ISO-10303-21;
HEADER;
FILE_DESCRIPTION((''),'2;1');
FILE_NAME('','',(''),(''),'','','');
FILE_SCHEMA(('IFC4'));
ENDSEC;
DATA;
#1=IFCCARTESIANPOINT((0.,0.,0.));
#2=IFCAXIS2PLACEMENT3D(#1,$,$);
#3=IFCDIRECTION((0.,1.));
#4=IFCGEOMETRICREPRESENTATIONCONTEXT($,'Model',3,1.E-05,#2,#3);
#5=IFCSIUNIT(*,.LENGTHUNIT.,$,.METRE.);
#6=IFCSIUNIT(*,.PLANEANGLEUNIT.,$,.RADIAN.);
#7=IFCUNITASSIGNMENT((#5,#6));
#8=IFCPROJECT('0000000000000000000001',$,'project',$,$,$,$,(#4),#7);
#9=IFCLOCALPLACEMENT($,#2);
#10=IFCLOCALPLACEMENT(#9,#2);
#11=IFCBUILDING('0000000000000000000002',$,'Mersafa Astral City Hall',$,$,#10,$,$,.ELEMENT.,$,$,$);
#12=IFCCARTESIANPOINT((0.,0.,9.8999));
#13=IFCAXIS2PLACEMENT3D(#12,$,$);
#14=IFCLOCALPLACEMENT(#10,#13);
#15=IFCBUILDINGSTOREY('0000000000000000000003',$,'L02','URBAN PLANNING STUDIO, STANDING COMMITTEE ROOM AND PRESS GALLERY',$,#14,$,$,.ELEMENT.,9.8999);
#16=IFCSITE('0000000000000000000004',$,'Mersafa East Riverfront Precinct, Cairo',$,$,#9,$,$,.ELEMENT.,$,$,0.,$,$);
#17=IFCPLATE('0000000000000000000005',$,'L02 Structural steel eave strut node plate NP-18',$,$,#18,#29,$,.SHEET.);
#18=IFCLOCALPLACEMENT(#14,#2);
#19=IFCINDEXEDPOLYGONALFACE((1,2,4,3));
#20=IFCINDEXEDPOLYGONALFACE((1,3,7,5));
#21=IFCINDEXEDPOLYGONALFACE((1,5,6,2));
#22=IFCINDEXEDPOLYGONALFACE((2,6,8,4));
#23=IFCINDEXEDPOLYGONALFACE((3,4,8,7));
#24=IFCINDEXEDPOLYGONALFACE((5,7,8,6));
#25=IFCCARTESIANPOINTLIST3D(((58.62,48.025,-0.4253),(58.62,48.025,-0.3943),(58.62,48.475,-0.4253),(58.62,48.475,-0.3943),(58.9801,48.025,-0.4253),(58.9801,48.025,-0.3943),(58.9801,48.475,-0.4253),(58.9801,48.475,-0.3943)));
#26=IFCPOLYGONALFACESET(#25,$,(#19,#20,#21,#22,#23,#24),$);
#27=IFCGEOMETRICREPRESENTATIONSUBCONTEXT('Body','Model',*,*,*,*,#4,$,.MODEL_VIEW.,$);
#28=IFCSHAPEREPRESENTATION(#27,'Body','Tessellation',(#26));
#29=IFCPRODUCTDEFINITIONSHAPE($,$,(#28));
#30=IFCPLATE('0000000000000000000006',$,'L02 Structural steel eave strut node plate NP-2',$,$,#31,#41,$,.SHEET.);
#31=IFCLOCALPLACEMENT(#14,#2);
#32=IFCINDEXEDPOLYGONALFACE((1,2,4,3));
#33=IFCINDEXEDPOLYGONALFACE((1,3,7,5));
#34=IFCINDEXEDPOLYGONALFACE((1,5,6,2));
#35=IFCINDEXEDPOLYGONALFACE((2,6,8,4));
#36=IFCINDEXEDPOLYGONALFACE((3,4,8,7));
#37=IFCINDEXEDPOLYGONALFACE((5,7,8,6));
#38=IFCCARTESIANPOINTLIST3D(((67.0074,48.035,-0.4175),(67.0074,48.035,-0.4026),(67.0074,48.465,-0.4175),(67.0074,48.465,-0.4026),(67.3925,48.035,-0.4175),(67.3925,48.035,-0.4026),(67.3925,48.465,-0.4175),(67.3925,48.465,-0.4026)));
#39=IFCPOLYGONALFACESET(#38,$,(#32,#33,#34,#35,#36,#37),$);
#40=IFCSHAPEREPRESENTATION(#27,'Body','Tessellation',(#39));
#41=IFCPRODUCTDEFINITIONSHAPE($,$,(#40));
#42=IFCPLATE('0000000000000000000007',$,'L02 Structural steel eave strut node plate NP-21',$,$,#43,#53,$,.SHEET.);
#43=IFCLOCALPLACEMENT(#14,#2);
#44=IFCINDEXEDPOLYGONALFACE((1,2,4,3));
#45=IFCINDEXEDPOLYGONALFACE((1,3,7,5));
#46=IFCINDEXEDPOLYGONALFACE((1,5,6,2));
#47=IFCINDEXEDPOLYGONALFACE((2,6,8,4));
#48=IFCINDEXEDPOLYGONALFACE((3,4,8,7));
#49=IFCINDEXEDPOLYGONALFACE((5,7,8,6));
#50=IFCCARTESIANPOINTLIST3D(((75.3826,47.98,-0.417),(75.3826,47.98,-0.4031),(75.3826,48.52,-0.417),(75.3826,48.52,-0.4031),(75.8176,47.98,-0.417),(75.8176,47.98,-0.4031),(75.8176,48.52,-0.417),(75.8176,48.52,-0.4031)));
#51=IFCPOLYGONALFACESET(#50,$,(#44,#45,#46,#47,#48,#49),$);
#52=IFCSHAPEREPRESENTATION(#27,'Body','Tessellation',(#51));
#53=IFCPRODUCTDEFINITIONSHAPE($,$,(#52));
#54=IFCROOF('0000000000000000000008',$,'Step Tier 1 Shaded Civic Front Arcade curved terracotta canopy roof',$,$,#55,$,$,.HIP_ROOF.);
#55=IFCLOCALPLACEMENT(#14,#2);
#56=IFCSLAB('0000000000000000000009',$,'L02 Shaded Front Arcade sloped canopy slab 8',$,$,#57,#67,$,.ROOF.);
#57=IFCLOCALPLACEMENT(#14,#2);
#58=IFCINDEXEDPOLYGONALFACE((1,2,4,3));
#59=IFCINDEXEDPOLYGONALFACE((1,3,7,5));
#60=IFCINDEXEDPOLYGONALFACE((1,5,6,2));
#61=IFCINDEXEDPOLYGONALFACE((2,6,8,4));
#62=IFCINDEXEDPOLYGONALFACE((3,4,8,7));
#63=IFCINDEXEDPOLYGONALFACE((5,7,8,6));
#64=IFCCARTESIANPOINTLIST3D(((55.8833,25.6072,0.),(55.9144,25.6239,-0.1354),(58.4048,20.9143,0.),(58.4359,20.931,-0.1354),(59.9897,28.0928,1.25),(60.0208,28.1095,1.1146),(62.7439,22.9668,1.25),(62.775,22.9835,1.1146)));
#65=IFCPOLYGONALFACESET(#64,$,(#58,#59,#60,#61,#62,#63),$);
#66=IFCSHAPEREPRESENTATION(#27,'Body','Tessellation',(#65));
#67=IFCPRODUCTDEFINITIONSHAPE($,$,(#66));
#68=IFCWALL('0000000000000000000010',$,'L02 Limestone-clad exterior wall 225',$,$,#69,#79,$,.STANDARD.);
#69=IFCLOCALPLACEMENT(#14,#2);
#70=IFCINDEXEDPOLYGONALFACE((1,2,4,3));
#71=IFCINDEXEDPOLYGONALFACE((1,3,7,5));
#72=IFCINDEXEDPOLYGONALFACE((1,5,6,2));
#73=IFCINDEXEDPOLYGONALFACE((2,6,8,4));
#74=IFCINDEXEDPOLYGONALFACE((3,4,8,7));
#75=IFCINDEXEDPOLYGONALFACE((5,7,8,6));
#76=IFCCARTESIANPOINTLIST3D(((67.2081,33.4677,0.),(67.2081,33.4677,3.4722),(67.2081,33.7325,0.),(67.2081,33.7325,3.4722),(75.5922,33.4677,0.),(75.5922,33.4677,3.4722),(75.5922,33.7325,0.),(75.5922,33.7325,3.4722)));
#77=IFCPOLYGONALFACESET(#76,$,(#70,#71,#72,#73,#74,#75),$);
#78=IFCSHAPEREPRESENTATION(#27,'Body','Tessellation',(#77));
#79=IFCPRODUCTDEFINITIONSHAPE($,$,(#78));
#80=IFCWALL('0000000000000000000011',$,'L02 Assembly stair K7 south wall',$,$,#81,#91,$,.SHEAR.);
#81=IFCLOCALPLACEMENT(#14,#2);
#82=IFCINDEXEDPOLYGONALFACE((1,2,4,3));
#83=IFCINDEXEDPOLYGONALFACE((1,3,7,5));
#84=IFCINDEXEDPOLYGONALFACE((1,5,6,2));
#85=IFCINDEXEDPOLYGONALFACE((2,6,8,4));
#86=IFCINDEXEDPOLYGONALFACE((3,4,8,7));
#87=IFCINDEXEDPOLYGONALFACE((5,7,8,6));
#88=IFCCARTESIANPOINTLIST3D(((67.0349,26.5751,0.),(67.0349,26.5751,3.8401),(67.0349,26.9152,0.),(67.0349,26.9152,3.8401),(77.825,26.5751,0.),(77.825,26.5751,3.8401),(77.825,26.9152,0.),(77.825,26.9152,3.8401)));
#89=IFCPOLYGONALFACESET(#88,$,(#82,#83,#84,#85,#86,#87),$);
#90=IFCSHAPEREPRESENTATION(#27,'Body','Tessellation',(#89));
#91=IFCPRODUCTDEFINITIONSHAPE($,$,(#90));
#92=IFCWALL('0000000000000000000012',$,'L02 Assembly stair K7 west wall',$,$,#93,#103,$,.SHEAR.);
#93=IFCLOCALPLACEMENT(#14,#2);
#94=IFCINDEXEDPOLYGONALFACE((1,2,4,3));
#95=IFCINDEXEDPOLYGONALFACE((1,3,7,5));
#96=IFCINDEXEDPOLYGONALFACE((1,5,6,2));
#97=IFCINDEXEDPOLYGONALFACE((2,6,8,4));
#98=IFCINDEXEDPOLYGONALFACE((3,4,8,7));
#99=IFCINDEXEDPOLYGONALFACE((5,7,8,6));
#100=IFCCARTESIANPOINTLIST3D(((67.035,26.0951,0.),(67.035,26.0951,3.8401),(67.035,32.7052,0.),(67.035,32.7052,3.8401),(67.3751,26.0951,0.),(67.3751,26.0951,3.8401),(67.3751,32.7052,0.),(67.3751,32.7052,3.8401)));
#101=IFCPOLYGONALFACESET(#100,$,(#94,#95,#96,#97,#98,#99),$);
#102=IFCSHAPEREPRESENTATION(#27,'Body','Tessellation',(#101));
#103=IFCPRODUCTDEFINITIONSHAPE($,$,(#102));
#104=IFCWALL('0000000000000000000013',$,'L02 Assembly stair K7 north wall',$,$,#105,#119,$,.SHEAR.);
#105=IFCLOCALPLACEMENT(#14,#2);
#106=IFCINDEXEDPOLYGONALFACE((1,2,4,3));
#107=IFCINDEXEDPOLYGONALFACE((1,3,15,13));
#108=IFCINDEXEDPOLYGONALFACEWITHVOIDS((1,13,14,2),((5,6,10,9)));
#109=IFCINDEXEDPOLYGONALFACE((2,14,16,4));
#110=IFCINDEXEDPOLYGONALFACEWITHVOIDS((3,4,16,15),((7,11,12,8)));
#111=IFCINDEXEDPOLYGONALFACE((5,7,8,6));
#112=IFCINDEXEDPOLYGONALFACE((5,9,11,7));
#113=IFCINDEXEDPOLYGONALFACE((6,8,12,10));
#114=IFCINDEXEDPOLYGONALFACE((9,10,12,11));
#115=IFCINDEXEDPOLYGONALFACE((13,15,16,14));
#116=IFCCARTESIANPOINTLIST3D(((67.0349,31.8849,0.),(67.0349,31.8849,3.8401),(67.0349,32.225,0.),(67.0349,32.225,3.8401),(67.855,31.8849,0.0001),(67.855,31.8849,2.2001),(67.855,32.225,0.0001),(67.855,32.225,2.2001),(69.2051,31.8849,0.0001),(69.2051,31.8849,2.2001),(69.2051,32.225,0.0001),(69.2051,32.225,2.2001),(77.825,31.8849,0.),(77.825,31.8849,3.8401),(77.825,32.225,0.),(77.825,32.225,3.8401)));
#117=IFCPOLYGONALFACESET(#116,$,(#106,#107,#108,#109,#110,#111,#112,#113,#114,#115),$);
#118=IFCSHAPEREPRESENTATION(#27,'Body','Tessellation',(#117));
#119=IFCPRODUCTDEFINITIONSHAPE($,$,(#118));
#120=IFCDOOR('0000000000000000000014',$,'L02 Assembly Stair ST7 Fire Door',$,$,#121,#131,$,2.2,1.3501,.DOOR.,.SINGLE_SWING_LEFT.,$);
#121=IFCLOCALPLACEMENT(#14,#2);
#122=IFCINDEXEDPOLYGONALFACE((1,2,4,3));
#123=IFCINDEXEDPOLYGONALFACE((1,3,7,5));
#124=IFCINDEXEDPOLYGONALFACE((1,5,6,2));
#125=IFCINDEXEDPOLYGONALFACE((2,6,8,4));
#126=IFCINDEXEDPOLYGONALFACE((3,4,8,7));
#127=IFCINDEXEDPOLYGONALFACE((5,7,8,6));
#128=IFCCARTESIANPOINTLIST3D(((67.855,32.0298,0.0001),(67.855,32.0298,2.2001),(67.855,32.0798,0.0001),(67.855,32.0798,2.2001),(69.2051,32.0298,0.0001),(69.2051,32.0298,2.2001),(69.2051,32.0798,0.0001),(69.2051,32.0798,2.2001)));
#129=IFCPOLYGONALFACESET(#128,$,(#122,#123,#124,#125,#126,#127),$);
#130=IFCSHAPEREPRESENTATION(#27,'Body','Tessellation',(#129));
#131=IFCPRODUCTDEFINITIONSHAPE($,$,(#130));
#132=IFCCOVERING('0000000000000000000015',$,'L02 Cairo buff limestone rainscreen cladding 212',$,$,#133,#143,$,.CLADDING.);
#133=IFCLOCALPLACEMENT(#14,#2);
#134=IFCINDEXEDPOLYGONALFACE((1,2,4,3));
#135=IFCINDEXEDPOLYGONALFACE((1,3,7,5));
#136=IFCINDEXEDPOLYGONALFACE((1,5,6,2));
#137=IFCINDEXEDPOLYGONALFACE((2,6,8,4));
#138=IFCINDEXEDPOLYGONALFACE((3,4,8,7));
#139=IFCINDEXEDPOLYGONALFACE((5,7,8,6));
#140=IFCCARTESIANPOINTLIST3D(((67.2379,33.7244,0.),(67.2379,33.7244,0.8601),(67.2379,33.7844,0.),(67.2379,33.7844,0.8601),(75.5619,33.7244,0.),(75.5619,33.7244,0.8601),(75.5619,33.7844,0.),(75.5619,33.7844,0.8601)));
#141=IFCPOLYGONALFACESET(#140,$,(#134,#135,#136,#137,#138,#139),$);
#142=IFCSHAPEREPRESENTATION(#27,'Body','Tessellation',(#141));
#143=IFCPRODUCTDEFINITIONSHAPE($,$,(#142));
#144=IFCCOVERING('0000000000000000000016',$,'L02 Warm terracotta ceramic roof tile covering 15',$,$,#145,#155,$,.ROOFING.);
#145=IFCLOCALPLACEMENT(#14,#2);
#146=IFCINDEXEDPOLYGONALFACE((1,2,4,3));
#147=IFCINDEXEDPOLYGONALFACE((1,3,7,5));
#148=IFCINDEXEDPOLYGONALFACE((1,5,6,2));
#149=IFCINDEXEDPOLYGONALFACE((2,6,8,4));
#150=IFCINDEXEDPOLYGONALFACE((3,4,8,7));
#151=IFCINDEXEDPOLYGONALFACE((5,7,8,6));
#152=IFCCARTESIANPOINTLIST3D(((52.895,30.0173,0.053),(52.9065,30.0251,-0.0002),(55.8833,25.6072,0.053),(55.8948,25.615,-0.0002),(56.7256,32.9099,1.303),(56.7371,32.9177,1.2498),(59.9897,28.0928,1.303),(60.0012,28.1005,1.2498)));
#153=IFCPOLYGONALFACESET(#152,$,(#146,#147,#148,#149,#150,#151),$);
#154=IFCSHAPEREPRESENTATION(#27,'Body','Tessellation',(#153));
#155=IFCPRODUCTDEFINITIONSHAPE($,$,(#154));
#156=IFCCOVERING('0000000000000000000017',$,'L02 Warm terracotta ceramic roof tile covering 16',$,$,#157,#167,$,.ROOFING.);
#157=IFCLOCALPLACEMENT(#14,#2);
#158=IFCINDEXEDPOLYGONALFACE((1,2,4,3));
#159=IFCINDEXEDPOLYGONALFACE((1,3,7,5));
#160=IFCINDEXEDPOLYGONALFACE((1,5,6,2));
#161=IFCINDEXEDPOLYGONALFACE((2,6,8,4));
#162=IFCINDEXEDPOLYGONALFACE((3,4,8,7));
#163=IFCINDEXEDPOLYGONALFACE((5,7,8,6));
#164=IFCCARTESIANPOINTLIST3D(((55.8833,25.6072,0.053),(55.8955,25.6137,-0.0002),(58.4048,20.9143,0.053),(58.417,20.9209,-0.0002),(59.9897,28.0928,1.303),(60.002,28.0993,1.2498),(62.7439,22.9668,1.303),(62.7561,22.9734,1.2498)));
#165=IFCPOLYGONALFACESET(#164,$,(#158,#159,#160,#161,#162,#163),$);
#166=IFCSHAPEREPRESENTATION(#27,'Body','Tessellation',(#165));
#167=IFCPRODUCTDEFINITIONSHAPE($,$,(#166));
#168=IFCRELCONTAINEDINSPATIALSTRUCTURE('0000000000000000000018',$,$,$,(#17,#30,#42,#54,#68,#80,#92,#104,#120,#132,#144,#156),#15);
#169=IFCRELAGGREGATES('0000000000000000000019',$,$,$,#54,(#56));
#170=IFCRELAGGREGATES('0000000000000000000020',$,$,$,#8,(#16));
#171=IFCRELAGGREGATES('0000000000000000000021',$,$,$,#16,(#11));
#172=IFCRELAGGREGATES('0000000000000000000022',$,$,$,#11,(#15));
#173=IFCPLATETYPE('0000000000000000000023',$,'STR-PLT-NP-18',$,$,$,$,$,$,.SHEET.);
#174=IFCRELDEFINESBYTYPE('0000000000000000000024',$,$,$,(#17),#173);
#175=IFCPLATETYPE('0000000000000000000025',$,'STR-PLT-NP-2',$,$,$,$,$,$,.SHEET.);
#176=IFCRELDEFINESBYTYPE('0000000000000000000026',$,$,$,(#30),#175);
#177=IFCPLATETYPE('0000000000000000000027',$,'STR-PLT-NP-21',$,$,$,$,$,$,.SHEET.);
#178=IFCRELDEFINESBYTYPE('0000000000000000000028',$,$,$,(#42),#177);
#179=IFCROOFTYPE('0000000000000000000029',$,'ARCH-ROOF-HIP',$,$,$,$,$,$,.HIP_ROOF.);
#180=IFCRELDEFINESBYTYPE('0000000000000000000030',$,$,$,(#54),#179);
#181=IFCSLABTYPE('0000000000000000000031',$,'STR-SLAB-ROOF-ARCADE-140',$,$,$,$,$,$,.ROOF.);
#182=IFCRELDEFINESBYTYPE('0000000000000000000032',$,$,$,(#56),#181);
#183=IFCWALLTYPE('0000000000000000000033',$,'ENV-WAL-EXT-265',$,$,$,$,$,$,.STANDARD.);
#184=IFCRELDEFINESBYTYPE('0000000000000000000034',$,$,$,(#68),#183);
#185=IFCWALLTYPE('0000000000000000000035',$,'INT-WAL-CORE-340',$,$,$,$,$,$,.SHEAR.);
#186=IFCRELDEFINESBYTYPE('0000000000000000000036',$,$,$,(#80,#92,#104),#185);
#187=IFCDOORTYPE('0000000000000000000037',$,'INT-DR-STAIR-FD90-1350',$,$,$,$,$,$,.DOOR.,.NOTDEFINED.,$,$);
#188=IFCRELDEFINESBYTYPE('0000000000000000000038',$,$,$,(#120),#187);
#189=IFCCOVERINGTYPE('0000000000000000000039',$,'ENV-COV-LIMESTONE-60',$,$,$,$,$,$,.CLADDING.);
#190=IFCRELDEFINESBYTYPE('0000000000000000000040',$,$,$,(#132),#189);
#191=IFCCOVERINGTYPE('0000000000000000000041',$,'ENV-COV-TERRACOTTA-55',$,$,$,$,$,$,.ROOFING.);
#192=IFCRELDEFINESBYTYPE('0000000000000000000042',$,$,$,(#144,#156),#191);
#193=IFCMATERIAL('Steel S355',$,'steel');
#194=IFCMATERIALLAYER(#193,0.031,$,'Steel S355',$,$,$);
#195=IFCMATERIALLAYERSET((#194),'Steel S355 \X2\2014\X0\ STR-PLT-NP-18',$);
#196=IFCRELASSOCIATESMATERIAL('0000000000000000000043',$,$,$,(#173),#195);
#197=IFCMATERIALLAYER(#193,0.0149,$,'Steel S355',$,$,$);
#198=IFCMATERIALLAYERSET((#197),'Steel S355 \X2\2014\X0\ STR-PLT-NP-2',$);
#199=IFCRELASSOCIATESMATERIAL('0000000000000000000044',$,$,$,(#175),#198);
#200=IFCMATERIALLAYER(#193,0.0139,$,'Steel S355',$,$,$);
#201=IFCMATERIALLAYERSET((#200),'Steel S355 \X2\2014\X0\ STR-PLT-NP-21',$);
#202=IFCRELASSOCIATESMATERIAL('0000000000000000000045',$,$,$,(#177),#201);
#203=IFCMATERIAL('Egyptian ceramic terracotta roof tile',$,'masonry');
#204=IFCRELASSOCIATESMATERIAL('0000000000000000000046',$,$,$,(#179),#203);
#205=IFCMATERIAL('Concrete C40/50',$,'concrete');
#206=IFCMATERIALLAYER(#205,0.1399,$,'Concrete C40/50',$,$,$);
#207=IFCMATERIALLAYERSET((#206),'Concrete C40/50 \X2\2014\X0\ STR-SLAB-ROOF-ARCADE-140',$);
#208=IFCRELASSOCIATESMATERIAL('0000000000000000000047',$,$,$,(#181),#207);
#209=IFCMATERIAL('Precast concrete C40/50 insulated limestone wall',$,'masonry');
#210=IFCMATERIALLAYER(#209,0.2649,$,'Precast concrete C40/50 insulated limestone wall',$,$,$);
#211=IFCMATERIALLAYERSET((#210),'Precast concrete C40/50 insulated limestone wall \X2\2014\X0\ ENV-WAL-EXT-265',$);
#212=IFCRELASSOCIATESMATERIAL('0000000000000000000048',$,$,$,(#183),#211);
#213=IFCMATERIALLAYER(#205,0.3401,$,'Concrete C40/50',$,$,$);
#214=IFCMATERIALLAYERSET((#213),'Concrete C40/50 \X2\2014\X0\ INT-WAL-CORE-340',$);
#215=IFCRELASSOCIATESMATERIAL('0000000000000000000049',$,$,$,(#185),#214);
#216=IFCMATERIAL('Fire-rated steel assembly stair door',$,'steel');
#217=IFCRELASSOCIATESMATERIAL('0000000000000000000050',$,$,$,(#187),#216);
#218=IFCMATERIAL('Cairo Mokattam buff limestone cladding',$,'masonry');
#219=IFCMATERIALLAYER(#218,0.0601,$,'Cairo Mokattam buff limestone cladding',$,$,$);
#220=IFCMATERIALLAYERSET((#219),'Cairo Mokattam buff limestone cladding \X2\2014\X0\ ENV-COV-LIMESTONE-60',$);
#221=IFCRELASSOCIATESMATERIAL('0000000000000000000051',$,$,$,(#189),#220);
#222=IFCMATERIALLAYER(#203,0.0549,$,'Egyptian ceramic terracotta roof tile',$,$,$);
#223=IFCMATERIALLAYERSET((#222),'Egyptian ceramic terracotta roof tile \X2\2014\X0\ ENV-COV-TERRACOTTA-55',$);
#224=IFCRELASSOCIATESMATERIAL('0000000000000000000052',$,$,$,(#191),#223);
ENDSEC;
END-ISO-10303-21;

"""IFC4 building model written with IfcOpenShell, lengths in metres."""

from ifc_helpers import new_model, si_unit, direction, frame, frame_2d, origin, origin_2d, place, context, subcontext, project, spatial, polyline, rectangle, outline, extrude, material, layer, layer_set, type_object, element, fill, aggregate, save


model = new_model("IFC4")

# Units and contexts
model_context = context("Model", 3, precision=1e-05, world=origin(), true_north=direction((0.0, 1.0)))
body_context = subcontext(model_context, "Body", "Model", "MODEL_VIEW")
ifc_project = project(units=[si_unit("LENGTHUNIT", "METRE"), si_unit("PLANEANGLEUNIT", "RADIAN")], contexts=[model_context])

# Site, building, storey
site_placement = place(None, origin())
site = spatial("IfcSite", under=ifc_project, at=site_placement, Name="Mersafa East Riverfront Precinct, Cairo", CompositionType="ELEMENT", RefElevation=0.0)
building_placement = place(site_placement, origin())
building = spatial("IfcBuilding", under=site, at=building_placement, Name="Mersafa Astral City Hall", CompositionType="ELEMENT")
storey_placement = place(building_placement, frame((0.0, 0.0, 9.8999)))
storey = spatial("IfcBuildingStorey", under=building, at=storey_placement, Name="L02", Description="URBAN PLANNING STUDIO, STANDING COMMITTEE ROOM AND PRESS GALLERY", CompositionType="ELEMENT", Elevation=9.8999)

# Shared definitions
ifc_material_1 = material(Name="Steel S355", Category="steel")

# Plates
ifc_layer_1 = layer(ifc_material_1, 0.031, Name="Steel S355")
ifc_layer_set_1 = layer_set([ifc_layer_1], Name="Steel S355 — STR-PLT-NP-18")
plate_type_1 = type_object("IfcPlateType", Name="STR-PLT-NP-18", PredefinedType="SHEET", material=ifc_layer_set_1)
plate_1_placement = place(storey_placement, frame((58.8, 48.25, -0.4253), z_axis=(0.0, 0.0, 1.0), x_axis=(1.0, 0.0, 0.0)))
element("IfcPlate", 1, at=plate_1_placement, inside=storey, type_object=plate_type_1, Name="L02 Structural steel eave strut node plate NP-18", PredefinedType="SHEET", context=body_context, shape_type="SweptSolid", body=[
    extrude(rectangle(XDim=0.3601, YDim=0.45, at=origin_2d()), origin(), (0.0, 0.0, 1.0), 0.031),
])
ifc_layer_2 = layer(ifc_material_1, 0.0149, Name="Steel S355")
ifc_layer_set_2 = layer_set([ifc_layer_2], Name="Steel S355 — STR-PLT-NP-2")
plate_type_2 = type_object("IfcPlateType", Name="STR-PLT-NP-2", PredefinedType="SHEET", material=ifc_layer_set_2)
plate_2_placement = place(storey_placement, frame((67.2, 48.25, -0.4175), z_axis=(0.0, 0.0, 1.0), x_axis=(1.0, 0.0, 0.0)))
element("IfcPlate", 2, at=plate_2_placement, inside=storey, type_object=plate_type_2, Name="L02 Structural steel eave strut node plate NP-2", PredefinedType="SHEET", context=body_context, shape_type="SweptSolid", body=[
    extrude(rectangle(XDim=0.385, YDim=0.4299, at=origin_2d()), origin(), (0.0, 0.0, 1.0), 0.0149),
])
ifc_layer_3 = layer(ifc_material_1, 0.0139, Name="Steel S355")
ifc_layer_set_3 = layer_set([ifc_layer_3], Name="Steel S355 — STR-PLT-NP-21")
plate_type_3 = type_object("IfcPlateType", Name="STR-PLT-NP-21", PredefinedType="SHEET", material=ifc_layer_set_3)
plate_3_placement = place(storey_placement, frame((75.6001, 48.25, -0.417), z_axis=(0.0, 0.0, 1.0), x_axis=(1.0, 0.0, 0.0)))
element("IfcPlate", 3, at=plate_3_placement, inside=storey, type_object=plate_type_3, Name="L02 Structural steel eave strut node plate NP-21", PredefinedType="SHEET", context=body_context, shape_type="SweptSolid", body=[
    extrude(rectangle(XDim=0.4351, YDim=0.54, at=origin_2d()), origin(), (0.0, 0.0, 1.0), 0.0139),
])

# Roof, slab
ifc_material_2 = material(Name="Egyptian ceramic terracotta roof tile", Category="masonry")
roof_type = type_object("IfcRoofType", Name="ARCH-ROOF-HIP", PredefinedType="HIP_ROOF", material=ifc_material_2)
roof_placement = place(storey_placement, origin())
roof = element("IfcRoof", 4, at=roof_placement, inside=storey, type_object=roof_type, Name="Step Tier 1 Shaded Civic Front Arcade curved terracotta canopy roof", PredefinedType="HIP_ROOF")
ifc_material_3 = material(Name="Concrete C40/50", Category="concrete")
ifc_layer_4 = layer(ifc_material_3, 0.1399, Name="Concrete C40/50")
ifc_layer_set_4 = layer_set([ifc_layer_4], Name="Concrete C40/50 — STR-SLAB-ROOF-ARCADE-140")
slab_type = type_object("IfcSlabType", Name="STR-SLAB-ROOF-ARCADE-140", PredefinedType="ROOF", material=ifc_layer_set_4)
slab_placement = place(storey_placement, frame((55.8833, 25.6072, 0.0), z_axis=(-0.222266, -0.119423, 0.967645), x_axis=(0.473307, -0.880898, 0.000001)))
slab = element("IfcSlab", 5, at=slab_placement, type_object=slab_type, Name="L02 Shaded Front Arcade sloped canopy slab 8", PredefinedType="ROOF", context=body_context, shape_type="SweptSolid", body=[
    extrude(outline(polyline([(0.0, 0.0), (5.3274, 0.0), (5.5731, 4.9541), (-0.2459, 4.9541), (0.0, 0.0)])), origin(), (0.0, 0.0, -1.0), 0.1399),
])
aggregate(roof, [slab])

# Walls
ifc_material_4 = material(Name="Precast concrete C40/50 insulated limestone wall", Category="masonry")
ifc_layer_5 = layer(ifc_material_4, 0.2649, Name="Precast concrete C40/50 insulated limestone wall")
ifc_layer_set_5 = layer_set([ifc_layer_5], Name="Precast concrete C40/50 insulated limestone wall — ENV-WAL-EXT-265")
wall_type_1 = type_object("IfcWallType", Name="ENV-WAL-EXT-265", PredefinedType="STANDARD", material=ifc_layer_set_5)
wall_1_placement = place(storey_placement, frame((75.592, 33.6001, 0.0), z_axis=(0.0, 0.0, 1.0), x_axis=(-1.0, 0.0, 0.0)))
element("IfcWall", 6, at=wall_1_placement, inside=storey, type_object=wall_type_1, Name="L02 Limestone-clad exterior wall 225", PredefinedType="STANDARD", context=body_context, shape_type="SweptSolid", body=[
    extrude(rectangle(XDim=8.384, YDim=0.2649, at=frame_2d((4.1919, 0.0))), origin(), (0.0, 0.0, 1.0), 3.4722),
])
ifc_layer_6 = layer(ifc_material_3, 0.3401, Name="Concrete C40/50")
ifc_layer_set_6 = layer_set([ifc_layer_6], Name="Concrete C40/50 — INT-WAL-CORE-340")
wall_type_2 = type_object("IfcWallType", Name="INT-WAL-CORE-340", PredefinedType="SHEAR", material=ifc_layer_set_6)
wall_2_placement = place(storey_placement, frame((67.0349, 26.7451, 0.0), z_axis=(0.0, 0.0, 1.0), x_axis=(1.0, 0.0, 0.0)))
element("IfcWall", 7, at=wall_2_placement, inside=storey, type_object=wall_type_2, Name="L02 Assembly stair K7 south wall", PredefinedType="SHEAR", context=body_context, shape_type="SweptSolid", body=[
    extrude(rectangle(XDim=10.79, YDim=0.3401, at=frame_2d((5.395, 0.0))), origin(), (0.0, 0.0, 1.0), 3.8401),
])
wall_3_placement = place(storey_placement, frame((67.2051, 26.095, 0.0), z_axis=(0.0, 0.0, 1.0), x_axis=(0.0, 1.0, 0.0)))
element("IfcWall", 8, at=wall_3_placement, inside=storey, type_object=wall_type_2, Name="L02 Assembly stair K7 west wall", PredefinedType="SHEAR", context=body_context, shape_type="SweptSolid", body=[
    extrude(rectangle(XDim=6.6101, YDim=0.3401, at=frame_2d((3.3052, 0.0))), origin(), (0.0, 0.0, 1.0), 3.8401),
])

# Wall, opening, door
wall_4_placement = place(storey_placement, frame((67.0349, 32.0549, 0.0), z_axis=(0.0, 0.0, 1.0), x_axis=(1.0, 0.0, 0.0)))
wall_4 = element("IfcWall", 9, at=wall_4_placement, inside=storey, type_object=wall_type_2, Name="L02 Assembly stair K7 north wall", PredefinedType="SHEAR", context=body_context, shape_type="SweptSolid", body=[
    extrude(rectangle(XDim=10.79, YDim=0.3401, at=frame_2d((5.395, 0.0))), origin(), (0.0, 0.0, 1.0), 3.8401),
])
opening_placement = place(wall_4_placement, frame((0.8201, 0.0, 0.0)))
opening = element("IfcOpeningElement", 10, at=opening_placement, cuts=wall_4, PredefinedType="OPENING", context=body_context, shape_type="SweptSolid", body=[
    extrude(rectangle(XDim=1.3501, YDim=2.2, at=frame_2d((0.675, 1.1001))), frame((0.0, 0.1799, 0.0), z_axis=(0.0, -1.0, 0.0), x_axis=(1.0, 0.0, 0.0)), (0.0, 0.0, 1.0), 0.3601),
])
ifc_material_5 = material(Name="Fire-rated steel assembly stair door", Category="steel")
door_type = type_object("IfcDoorType", Name="INT-DR-STAIR-FD90-1350", OperationType="NOTDEFINED", PredefinedType="DOOR", material=ifc_material_5)
door_placement = place(opening_placement, origin())
door = element("IfcDoor", 11, at=door_placement, inside=storey, type_object=door_type, Name="L02 Assembly Stair ST7 Fire Door", OperationType="SINGLE_SWING_LEFT", OverallHeight=2.2, OverallWidth=1.3501, PredefinedType="DOOR", context=body_context, shape_type="SweptSolid", body=[
    extrude(rectangle(XDim=1.3501, YDim=2.2, at=frame_2d((0.675, 1.1001))), frame((0.0, 0.0249, 0.0), z_axis=(0.0, -1.0, 0.0), x_axis=(1.0, 0.0, 0.0)), (0.0, 0.0, 1.0), 0.05),
])
fill(opening, door)

# Coverings
ifc_material_6 = material(Name="Cairo Mokattam buff limestone cladding", Category="masonry")
ifc_layer_7 = layer(ifc_material_6, 0.0601, Name="Cairo Mokattam buff limestone cladding")
ifc_layer_set_7 = layer_set([ifc_layer_7], Name="Cairo Mokattam buff limestone cladding — ENV-COV-LIMESTONE-60")
covering_type_1 = type_object("IfcCoveringType", Name="ENV-COV-LIMESTONE-60", PredefinedType="CLADDING", material=ifc_layer_set_7)
covering_1_placement = place(storey_placement, frame((71.3999, 33.7544, 0.0), z_axis=(0.0, 0.0, 1.0), x_axis=(-1.0, 0.0, 0.0)))
element("IfcCovering", 12, at=covering_1_placement, inside=storey, type_object=covering_type_1, Name="L02 Cairo buff limestone rainscreen cladding 212", PredefinedType="CLADDING", context=body_context, shape_type="SweptSolid", body=[
    extrude(rectangle(XDim=8.324, YDim=0.0601, at=origin_2d()), origin(), (0.0, 0.0, 1.0), 0.8601),
])
ifc_layer_8 = layer(ifc_material_2, 0.0549, Name="Egyptian ceramic terracotta roof tile")
ifc_layer_set_8 = layer_set([ifc_layer_8], Name="Egyptian ceramic terracotta roof tile — ENV-COV-TERRACOTTA-55")
covering_type_2 = type_object("IfcCoveringType", Name="ENV-COV-TERRACOTTA-55", PredefinedType="ROOFING", material=ifc_layer_set_8)
covering_2_placement = place(storey_placement, frame((52.895, 30.0173, 0.053), z_axis=(-0.208881, -0.141538, 0.967644), x_axis=(0.560946, -0.827852, -0.000002)))
element("IfcCovering", 13, at=covering_2_placement, inside=storey, type_object=covering_type_2, Name="L02 Warm terracotta ceramic roof tile covering 15", PredefinedType="ROOFING", context=body_context, shape_type="SweptSolid", body=[
    extrude(outline(polyline([(0.0, 0.0), (5.3272, 0.0), (5.573, 4.9541), (-0.2459, 4.954), (0.0, 0.0)])), origin(), (0.0, 0.0, -1.0), 0.0549),
])
covering_3_placement = place(storey_placement, frame((55.8833, 25.6072, 0.053), z_axis=(-0.222266, -0.119423, 0.967645), x_axis=(0.473307, -0.880898, 0.000001)))
element("IfcCovering", 14, at=covering_3_placement, inside=storey, type_object=covering_type_2, Name="L02 Warm terracotta ceramic roof tile covering 16", PredefinedType="ROOFING", context=body_context, shape_type="SweptSolid", body=[
    extrude(outline(polyline([(0.0, 0.0), (5.3274, 0.0), (5.5731, 4.9541), (-0.2459, 4.9541), (0.0, 0.0)])), origin(), (0.0, 0.0, -1.0), 0.0549),
])

save(model, "model.ifc")
